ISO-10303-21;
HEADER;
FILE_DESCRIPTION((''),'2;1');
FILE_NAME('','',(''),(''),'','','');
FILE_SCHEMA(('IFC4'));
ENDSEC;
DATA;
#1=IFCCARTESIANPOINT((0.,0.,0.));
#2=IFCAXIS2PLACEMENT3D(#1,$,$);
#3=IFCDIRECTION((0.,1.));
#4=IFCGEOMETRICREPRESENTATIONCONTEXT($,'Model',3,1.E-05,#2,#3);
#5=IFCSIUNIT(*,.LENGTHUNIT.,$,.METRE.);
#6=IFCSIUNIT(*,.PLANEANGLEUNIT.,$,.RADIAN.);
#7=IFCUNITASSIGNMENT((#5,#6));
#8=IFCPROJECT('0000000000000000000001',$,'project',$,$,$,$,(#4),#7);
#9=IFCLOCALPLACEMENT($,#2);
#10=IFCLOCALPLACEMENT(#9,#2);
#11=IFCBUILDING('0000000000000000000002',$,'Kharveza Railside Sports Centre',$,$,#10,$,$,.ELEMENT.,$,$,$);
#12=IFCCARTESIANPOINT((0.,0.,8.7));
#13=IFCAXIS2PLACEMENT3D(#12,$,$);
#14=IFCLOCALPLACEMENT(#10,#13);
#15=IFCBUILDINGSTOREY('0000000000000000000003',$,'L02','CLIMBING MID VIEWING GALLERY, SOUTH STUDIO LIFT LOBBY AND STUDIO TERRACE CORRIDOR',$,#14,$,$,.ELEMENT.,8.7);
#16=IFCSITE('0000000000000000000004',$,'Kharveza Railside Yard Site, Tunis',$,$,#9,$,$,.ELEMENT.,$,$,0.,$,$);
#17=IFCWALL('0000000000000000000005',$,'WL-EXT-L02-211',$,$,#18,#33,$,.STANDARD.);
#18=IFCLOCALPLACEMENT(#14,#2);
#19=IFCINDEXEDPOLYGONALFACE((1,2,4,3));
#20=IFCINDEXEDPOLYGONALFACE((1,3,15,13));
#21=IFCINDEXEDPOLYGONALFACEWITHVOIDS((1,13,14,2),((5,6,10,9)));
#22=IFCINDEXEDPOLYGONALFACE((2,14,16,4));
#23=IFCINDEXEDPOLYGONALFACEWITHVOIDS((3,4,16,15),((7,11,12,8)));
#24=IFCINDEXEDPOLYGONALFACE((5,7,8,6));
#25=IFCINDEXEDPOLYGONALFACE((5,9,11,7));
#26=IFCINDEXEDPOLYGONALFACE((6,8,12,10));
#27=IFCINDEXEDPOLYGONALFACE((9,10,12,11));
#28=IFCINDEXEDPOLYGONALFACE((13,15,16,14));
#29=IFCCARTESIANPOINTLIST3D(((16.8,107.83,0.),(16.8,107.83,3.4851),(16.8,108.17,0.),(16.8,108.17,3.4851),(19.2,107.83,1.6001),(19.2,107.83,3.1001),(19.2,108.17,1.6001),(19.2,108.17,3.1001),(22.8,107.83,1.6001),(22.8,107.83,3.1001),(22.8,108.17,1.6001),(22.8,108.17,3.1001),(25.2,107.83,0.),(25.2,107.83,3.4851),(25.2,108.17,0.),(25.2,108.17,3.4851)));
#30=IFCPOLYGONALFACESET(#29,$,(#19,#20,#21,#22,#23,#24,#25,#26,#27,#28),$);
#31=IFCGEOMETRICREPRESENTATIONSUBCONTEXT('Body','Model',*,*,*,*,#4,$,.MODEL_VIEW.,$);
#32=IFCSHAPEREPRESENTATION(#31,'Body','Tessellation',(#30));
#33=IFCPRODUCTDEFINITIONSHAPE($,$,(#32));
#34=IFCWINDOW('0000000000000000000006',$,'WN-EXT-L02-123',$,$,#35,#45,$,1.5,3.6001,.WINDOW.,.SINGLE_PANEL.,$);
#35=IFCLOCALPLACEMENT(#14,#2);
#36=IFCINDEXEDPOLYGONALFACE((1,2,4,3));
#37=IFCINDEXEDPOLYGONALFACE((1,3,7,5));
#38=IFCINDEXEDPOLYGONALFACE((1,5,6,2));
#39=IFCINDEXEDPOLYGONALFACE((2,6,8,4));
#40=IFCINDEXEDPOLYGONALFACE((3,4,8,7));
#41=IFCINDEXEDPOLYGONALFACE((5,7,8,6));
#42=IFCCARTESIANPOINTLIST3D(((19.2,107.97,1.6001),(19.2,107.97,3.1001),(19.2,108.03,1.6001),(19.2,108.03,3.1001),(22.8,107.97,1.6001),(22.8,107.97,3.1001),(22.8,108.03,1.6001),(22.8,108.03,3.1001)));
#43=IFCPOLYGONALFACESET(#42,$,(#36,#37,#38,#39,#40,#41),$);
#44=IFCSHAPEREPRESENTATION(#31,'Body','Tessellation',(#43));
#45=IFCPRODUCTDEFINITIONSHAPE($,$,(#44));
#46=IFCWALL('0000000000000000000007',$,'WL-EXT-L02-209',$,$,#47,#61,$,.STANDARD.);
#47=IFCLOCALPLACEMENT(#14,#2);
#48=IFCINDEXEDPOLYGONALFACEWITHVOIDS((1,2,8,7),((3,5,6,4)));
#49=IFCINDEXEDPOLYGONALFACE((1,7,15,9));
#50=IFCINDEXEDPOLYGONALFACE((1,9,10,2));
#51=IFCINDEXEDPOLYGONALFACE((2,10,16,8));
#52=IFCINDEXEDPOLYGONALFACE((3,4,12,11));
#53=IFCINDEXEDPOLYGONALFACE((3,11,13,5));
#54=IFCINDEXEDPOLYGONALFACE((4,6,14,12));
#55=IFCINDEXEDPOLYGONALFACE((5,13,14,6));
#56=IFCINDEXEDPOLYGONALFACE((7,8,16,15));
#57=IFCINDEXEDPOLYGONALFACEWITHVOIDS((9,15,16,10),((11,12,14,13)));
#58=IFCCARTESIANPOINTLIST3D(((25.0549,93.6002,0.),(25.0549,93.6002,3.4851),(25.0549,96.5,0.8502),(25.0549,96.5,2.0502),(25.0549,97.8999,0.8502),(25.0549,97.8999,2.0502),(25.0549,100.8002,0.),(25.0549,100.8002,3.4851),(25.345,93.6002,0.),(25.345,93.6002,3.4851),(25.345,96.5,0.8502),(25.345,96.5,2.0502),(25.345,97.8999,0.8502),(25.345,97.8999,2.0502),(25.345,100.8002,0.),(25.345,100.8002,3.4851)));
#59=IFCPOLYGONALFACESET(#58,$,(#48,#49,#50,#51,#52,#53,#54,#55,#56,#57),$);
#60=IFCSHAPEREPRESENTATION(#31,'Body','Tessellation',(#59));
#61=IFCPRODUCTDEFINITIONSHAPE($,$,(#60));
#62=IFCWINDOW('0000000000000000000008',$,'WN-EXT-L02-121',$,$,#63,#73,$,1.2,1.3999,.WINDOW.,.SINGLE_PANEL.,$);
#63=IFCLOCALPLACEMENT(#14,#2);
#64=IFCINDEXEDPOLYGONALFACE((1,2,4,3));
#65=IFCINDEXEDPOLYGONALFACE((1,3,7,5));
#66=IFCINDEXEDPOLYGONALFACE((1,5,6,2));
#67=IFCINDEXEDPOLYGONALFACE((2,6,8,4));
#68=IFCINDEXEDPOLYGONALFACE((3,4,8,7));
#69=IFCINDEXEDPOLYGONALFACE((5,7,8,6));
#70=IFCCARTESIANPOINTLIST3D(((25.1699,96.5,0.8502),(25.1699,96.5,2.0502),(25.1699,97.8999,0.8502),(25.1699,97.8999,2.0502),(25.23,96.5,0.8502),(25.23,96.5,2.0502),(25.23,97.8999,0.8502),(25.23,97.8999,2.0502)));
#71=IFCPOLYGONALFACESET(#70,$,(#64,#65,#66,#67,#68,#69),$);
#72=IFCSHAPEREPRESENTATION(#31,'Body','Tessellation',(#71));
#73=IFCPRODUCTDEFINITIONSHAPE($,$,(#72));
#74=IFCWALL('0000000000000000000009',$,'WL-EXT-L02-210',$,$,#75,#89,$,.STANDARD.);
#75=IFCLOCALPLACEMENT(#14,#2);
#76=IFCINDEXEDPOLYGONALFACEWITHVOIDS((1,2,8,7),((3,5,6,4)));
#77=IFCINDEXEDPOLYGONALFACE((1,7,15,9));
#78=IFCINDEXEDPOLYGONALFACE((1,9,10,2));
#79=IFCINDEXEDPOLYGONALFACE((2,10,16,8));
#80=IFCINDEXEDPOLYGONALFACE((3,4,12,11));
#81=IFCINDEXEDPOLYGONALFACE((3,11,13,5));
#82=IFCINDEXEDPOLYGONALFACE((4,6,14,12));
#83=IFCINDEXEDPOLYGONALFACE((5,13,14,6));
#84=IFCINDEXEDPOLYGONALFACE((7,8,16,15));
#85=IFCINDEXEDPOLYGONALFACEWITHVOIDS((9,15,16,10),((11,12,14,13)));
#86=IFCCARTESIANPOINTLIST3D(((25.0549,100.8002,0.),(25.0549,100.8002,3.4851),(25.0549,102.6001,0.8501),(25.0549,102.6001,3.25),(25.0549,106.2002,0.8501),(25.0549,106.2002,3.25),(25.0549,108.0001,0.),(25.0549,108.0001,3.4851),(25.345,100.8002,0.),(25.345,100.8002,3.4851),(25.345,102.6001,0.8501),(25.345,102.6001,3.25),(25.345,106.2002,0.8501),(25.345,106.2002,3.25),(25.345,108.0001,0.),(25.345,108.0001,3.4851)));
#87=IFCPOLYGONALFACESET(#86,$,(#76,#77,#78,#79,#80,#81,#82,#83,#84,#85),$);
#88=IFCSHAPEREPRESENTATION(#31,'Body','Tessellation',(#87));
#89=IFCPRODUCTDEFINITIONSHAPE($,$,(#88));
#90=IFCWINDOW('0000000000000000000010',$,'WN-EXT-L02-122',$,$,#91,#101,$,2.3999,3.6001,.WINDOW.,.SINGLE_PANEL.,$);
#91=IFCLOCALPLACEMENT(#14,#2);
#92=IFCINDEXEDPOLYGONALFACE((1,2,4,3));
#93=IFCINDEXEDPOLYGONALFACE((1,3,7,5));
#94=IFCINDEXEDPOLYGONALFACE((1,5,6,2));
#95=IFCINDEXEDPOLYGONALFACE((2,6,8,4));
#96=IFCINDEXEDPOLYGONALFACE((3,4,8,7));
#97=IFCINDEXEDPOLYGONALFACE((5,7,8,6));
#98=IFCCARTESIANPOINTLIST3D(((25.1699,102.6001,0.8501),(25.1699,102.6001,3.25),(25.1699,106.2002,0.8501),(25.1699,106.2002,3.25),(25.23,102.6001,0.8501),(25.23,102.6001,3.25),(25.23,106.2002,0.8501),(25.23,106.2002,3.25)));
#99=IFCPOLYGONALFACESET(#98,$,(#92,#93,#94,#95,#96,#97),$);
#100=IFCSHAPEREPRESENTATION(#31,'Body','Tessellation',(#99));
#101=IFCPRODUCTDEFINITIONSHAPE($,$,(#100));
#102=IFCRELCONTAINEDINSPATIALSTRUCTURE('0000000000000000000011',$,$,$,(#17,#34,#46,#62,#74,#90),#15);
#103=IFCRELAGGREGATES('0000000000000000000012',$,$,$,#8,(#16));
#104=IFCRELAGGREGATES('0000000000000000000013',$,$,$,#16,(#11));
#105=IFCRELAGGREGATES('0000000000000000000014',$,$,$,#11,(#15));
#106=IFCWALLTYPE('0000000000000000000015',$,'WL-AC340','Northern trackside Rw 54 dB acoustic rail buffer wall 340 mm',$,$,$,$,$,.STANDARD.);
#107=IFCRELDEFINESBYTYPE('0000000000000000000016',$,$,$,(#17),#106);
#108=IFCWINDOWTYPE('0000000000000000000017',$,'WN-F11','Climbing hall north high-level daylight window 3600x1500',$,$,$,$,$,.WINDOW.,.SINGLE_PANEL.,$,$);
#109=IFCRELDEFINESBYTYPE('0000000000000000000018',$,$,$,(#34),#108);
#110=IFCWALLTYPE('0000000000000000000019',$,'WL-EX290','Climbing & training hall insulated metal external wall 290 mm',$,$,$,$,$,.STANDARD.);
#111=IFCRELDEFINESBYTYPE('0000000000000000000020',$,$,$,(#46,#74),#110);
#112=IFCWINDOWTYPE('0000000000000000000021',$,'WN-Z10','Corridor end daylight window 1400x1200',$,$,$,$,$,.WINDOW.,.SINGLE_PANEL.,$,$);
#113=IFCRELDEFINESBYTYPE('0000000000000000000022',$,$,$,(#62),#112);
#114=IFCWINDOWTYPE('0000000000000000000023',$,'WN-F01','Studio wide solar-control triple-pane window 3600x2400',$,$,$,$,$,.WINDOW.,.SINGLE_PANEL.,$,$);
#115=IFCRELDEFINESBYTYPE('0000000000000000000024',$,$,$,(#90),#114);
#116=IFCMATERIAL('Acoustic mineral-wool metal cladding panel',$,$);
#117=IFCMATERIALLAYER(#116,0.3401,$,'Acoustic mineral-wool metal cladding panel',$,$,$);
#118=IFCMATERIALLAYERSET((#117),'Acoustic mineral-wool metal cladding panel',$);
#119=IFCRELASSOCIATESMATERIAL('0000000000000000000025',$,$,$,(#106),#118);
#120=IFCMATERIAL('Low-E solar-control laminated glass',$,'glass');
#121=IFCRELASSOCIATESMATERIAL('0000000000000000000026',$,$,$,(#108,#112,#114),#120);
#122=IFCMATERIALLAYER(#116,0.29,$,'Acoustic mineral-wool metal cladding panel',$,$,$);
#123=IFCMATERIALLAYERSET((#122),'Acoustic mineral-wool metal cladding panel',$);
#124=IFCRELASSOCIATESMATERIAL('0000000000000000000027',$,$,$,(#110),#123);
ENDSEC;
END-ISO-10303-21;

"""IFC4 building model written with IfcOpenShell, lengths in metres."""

from ifc_helpers import new_model, si_unit, direction, frame, frame_2d, origin, place, context, subcontext, project, spatial, rectangle, extrude, material, layer, layer_set, type_object, element, fill, save


model = new_model("IFC4")

# Units and contexts
model_context = context("Model", 3, precision=1e-05, world=origin(), true_north=direction((0.0, 1.0)))
body_context = subcontext(model_context, "Body", "Model", "MODEL_VIEW")
ifc_project = project(units=[si_unit("LENGTHUNIT", "METRE"), si_unit("PLANEANGLEUNIT", "RADIAN")], contexts=[model_context])

# Site, building, storey
site_placement = place(None, origin())
site = spatial("IfcSite", under=ifc_project, at=site_placement, Name="Kharveza Railside Yard Site, Tunis", CompositionType="ELEMENT", RefElevation=0.0)
building_placement = place(site_placement, origin())
building = spatial("IfcBuilding", under=site, at=building_placement, Name="Kharveza Railside Sports Centre", CompositionType="ELEMENT")
storey_placement = place(building_placement, frame((0.0, 0.0, 8.7)))
storey = spatial("IfcBuildingStorey", under=building, at=storey_placement, Name="L02", Description="CLIMBING MID VIEWING GALLERY, SOUTH STUDIO LIFT LOBBY AND STUDIO TERRACE CORRIDOR", CompositionType="ELEMENT", Elevation=8.7)

# Shared definitions
ifc_material_1 = material(Name="Low-E solar-control laminated glass", Category="glass")

# Walls, openings, windows
ifc_material_2 = material(Name="Acoustic mineral-wool metal cladding panel")
ifc_layer_1 = layer(ifc_material_2, 0.3401, Name="Acoustic mineral-wool metal cladding panel")
ifc_layer_set_1 = layer_set([ifc_layer_1], Name="Acoustic mineral-wool metal cladding panel")
wall_type_1 = type_object("IfcWallType", Name="WL-AC340", Description="Northern trackside Rw 54 dB acoustic rail buffer wall 340 mm", PredefinedType="STANDARD", material=ifc_layer_set_1)
wall_1_placement = place(storey_placement, frame((25.2, 108.0, 0.0), z_axis=(0.0, 0.0, 1.0), x_axis=(-1.0, 0.0, 0.0)))
wall_1 = element("IfcWall", 1, at=wall_1_placement, inside=storey, type_object=wall_type_1, Name="WL-EXT-L02-211", PredefinedType="STANDARD", context=body_context, shape_type="SweptSolid", body=[
    extrude(rectangle(XDim=8.3999, YDim=0.3401, at=frame_2d((4.2, 0.0))), origin(), (0.0, 0.0, 1.0), 3.4851),
])
opening_1_placement = place(wall_1_placement, frame((2.3999, 0.0, 1.6001)))
opening_1 = element("IfcOpeningElement", 2, at=opening_1_placement, cuts=wall_1, PredefinedType="OPENING", context=body_context, shape_type="SweptSolid", body=[
    extrude(rectangle(XDim=3.6001, YDim=1.5, at=frame_2d((1.8, 0.75))), frame((0.0, 0.1948, 0.0), z_axis=(0.0, -1.0, 0.0), x_axis=(1.0, 0.0, 0.0)), (0.0, 0.0, 1.0), 0.3899),
])
window_type_1 = type_object("IfcWindowType", Name="WN-F11", Description="Climbing hall north high-level daylight window 3600x1500", PartitioningType="SINGLE_PANEL", PredefinedType="WINDOW", material=ifc_material_1)
window_1_placement = place(opening_1_placement, origin())
window_1 = element("IfcWindow", 3, at=window_1_placement, inside=storey, type_object=window_type_1, Name="WN-EXT-L02-123", OverallHeight=1.5, OverallWidth=3.6001, PartitioningType="SINGLE_PANEL", PredefinedType="WINDOW", context=body_context, shape_type="SweptSolid", body=[
    extrude(rectangle(XDim=3.6001, YDim=1.5, at=frame_2d((1.8, 0.75))), frame((0.0, 0.03, 0.0), z_axis=(0.0, -1.0, 0.0), x_axis=(1.0, 0.0, 0.0)), (0.0, 0.0, 1.0), 0.0601),
])
fill(opening_1, window_1)
ifc_layer_2 = layer(ifc_material_2, 0.29, Name="Acoustic mineral-wool metal cladding panel")
ifc_layer_set_2 = layer_set([ifc_layer_2], Name="Acoustic mineral-wool metal cladding panel")
wall_type_2 = type_object("IfcWallType", Name="WL-EX290", Description="Climbing & training hall insulated metal external wall 290 mm", PredefinedType="STANDARD", material=ifc_layer_set_2)
wall_2_placement = place(storey_placement, frame((25.2, 93.6001, 0.0), z_axis=(0.0, 0.0, 1.0), x_axis=(0.0, 1.0, 0.0)))
wall_2 = element("IfcWall", 4, at=wall_2_placement, inside=storey, type_object=wall_type_2, Name="WL-EXT-L02-209", PredefinedType="STANDARD", context=body_context, shape_type="SweptSolid", body=[
    extrude(rectangle(XDim=7.2, YDim=0.29, at=frame_2d((3.6001, 0.0))), origin(), (0.0, 0.0, 1.0), 3.4851),
])
opening_2_placement = place(wall_2_placement, frame((2.8999, 0.0, 0.8501)))
opening_2 = element("IfcOpeningElement", 5, at=opening_2_placement, cuts=wall_2, PredefinedType="OPENING", context=body_context, shape_type="SweptSolid", body=[
    extrude(rectangle(XDim=1.3999, YDim=1.2, at=frame_2d((0.7, 0.6001))), frame((0.0, 0.1699, 0.0), z_axis=(0.0, -1.0, 0.0), x_axis=(1.0, 0.0, 0.0)), (0.0, 0.0, 1.0), 0.3398),
])
window_type_2 = type_object("IfcWindowType", Name="WN-Z10", Description="Corridor end daylight window 1400x1200", PartitioningType="SINGLE_PANEL", PredefinedType="WINDOW", material=ifc_material_1)
window_2_placement = place(opening_2_placement, origin())
window_2 = element("IfcWindow", 6, at=window_2_placement, inside=storey, type_object=window_type_2, Name="WN-EXT-L02-121", OverallHeight=1.2, OverallWidth=1.3999, PartitioningType="SINGLE_PANEL", PredefinedType="WINDOW", context=body_context, shape_type="SweptSolid", body=[
    extrude(rectangle(XDim=1.3999, YDim=1.2, at=frame_2d((0.7, 0.6001))), frame((0.0, 0.03, 0.0), z_axis=(0.0, -1.0, 0.0), x_axis=(1.0, 0.0, 0.0)), (0.0, 0.0, 1.0), 0.0601),
])
fill(opening_2, window_2)
wall_3_placement = place(storey_placement, frame((25.2, 100.8, 0.0), z_axis=(0.0, 0.0, 1.0), x_axis=(0.0, 1.0, 0.0)))
wall_3 = element("IfcWall", 7, at=wall_3_placement, inside=storey, type_object=wall_type_2, Name="WL-EXT-L02-210", PredefinedType="STANDARD", context=body_context, shape_type="SweptSolid", body=[
    extrude(rectangle(XDim=7.2, YDim=0.29, at=frame_2d((3.6001, 0.0))), origin(), (0.0, 0.0, 1.0), 3.4851),
])
opening_3_placement = place(wall_3_placement, frame((1.8, 0.0, 0.8501)))
opening_3 = element("IfcOpeningElement", 8, at=opening_3_placement, cuts=wall_3, PredefinedType="OPENING", context=body_context, shape_type="SweptSolid", body=[
    extrude(rectangle(XDim=3.6001, YDim=2.3999, at=frame_2d((1.8, 1.2))), frame((0.0, 0.1699, 0.0), z_axis=(0.0, -1.0, 0.0), x_axis=(1.0, 0.0, 0.0)), (0.0, 0.0, 1.0), 0.3398),
])
window_type_3 = type_object("IfcWindowType", Name="WN-F01", Description="Studio wide solar-control triple-pane window 3600x2400", PartitioningType="SINGLE_PANEL", PredefinedType="WINDOW", material=ifc_material_1)
window_3_placement = place(opening_3_placement, origin())
window_3 = element("IfcWindow", 9, at=window_3_placement, inside=storey, type_object=window_type_3, Name="WN-EXT-L02-122", OverallHeight=2.3999, OverallWidth=3.6001, PartitioningType="SINGLE_PANEL", PredefinedType="WINDOW", context=body_context, shape_type="SweptSolid", body=[
    extrude(rectangle(XDim=3.6001, YDim=2.3999, at=frame_2d((1.8, 1.2))), frame((0.0, 0.03, 0.0), z_axis=(0.0, -1.0, 0.0), x_axis=(1.0, 0.0, 0.0)), (0.0, 0.0, 1.0), 0.0601),
])
fill(opening_3, window_3)

save(model, "model.ifc")
